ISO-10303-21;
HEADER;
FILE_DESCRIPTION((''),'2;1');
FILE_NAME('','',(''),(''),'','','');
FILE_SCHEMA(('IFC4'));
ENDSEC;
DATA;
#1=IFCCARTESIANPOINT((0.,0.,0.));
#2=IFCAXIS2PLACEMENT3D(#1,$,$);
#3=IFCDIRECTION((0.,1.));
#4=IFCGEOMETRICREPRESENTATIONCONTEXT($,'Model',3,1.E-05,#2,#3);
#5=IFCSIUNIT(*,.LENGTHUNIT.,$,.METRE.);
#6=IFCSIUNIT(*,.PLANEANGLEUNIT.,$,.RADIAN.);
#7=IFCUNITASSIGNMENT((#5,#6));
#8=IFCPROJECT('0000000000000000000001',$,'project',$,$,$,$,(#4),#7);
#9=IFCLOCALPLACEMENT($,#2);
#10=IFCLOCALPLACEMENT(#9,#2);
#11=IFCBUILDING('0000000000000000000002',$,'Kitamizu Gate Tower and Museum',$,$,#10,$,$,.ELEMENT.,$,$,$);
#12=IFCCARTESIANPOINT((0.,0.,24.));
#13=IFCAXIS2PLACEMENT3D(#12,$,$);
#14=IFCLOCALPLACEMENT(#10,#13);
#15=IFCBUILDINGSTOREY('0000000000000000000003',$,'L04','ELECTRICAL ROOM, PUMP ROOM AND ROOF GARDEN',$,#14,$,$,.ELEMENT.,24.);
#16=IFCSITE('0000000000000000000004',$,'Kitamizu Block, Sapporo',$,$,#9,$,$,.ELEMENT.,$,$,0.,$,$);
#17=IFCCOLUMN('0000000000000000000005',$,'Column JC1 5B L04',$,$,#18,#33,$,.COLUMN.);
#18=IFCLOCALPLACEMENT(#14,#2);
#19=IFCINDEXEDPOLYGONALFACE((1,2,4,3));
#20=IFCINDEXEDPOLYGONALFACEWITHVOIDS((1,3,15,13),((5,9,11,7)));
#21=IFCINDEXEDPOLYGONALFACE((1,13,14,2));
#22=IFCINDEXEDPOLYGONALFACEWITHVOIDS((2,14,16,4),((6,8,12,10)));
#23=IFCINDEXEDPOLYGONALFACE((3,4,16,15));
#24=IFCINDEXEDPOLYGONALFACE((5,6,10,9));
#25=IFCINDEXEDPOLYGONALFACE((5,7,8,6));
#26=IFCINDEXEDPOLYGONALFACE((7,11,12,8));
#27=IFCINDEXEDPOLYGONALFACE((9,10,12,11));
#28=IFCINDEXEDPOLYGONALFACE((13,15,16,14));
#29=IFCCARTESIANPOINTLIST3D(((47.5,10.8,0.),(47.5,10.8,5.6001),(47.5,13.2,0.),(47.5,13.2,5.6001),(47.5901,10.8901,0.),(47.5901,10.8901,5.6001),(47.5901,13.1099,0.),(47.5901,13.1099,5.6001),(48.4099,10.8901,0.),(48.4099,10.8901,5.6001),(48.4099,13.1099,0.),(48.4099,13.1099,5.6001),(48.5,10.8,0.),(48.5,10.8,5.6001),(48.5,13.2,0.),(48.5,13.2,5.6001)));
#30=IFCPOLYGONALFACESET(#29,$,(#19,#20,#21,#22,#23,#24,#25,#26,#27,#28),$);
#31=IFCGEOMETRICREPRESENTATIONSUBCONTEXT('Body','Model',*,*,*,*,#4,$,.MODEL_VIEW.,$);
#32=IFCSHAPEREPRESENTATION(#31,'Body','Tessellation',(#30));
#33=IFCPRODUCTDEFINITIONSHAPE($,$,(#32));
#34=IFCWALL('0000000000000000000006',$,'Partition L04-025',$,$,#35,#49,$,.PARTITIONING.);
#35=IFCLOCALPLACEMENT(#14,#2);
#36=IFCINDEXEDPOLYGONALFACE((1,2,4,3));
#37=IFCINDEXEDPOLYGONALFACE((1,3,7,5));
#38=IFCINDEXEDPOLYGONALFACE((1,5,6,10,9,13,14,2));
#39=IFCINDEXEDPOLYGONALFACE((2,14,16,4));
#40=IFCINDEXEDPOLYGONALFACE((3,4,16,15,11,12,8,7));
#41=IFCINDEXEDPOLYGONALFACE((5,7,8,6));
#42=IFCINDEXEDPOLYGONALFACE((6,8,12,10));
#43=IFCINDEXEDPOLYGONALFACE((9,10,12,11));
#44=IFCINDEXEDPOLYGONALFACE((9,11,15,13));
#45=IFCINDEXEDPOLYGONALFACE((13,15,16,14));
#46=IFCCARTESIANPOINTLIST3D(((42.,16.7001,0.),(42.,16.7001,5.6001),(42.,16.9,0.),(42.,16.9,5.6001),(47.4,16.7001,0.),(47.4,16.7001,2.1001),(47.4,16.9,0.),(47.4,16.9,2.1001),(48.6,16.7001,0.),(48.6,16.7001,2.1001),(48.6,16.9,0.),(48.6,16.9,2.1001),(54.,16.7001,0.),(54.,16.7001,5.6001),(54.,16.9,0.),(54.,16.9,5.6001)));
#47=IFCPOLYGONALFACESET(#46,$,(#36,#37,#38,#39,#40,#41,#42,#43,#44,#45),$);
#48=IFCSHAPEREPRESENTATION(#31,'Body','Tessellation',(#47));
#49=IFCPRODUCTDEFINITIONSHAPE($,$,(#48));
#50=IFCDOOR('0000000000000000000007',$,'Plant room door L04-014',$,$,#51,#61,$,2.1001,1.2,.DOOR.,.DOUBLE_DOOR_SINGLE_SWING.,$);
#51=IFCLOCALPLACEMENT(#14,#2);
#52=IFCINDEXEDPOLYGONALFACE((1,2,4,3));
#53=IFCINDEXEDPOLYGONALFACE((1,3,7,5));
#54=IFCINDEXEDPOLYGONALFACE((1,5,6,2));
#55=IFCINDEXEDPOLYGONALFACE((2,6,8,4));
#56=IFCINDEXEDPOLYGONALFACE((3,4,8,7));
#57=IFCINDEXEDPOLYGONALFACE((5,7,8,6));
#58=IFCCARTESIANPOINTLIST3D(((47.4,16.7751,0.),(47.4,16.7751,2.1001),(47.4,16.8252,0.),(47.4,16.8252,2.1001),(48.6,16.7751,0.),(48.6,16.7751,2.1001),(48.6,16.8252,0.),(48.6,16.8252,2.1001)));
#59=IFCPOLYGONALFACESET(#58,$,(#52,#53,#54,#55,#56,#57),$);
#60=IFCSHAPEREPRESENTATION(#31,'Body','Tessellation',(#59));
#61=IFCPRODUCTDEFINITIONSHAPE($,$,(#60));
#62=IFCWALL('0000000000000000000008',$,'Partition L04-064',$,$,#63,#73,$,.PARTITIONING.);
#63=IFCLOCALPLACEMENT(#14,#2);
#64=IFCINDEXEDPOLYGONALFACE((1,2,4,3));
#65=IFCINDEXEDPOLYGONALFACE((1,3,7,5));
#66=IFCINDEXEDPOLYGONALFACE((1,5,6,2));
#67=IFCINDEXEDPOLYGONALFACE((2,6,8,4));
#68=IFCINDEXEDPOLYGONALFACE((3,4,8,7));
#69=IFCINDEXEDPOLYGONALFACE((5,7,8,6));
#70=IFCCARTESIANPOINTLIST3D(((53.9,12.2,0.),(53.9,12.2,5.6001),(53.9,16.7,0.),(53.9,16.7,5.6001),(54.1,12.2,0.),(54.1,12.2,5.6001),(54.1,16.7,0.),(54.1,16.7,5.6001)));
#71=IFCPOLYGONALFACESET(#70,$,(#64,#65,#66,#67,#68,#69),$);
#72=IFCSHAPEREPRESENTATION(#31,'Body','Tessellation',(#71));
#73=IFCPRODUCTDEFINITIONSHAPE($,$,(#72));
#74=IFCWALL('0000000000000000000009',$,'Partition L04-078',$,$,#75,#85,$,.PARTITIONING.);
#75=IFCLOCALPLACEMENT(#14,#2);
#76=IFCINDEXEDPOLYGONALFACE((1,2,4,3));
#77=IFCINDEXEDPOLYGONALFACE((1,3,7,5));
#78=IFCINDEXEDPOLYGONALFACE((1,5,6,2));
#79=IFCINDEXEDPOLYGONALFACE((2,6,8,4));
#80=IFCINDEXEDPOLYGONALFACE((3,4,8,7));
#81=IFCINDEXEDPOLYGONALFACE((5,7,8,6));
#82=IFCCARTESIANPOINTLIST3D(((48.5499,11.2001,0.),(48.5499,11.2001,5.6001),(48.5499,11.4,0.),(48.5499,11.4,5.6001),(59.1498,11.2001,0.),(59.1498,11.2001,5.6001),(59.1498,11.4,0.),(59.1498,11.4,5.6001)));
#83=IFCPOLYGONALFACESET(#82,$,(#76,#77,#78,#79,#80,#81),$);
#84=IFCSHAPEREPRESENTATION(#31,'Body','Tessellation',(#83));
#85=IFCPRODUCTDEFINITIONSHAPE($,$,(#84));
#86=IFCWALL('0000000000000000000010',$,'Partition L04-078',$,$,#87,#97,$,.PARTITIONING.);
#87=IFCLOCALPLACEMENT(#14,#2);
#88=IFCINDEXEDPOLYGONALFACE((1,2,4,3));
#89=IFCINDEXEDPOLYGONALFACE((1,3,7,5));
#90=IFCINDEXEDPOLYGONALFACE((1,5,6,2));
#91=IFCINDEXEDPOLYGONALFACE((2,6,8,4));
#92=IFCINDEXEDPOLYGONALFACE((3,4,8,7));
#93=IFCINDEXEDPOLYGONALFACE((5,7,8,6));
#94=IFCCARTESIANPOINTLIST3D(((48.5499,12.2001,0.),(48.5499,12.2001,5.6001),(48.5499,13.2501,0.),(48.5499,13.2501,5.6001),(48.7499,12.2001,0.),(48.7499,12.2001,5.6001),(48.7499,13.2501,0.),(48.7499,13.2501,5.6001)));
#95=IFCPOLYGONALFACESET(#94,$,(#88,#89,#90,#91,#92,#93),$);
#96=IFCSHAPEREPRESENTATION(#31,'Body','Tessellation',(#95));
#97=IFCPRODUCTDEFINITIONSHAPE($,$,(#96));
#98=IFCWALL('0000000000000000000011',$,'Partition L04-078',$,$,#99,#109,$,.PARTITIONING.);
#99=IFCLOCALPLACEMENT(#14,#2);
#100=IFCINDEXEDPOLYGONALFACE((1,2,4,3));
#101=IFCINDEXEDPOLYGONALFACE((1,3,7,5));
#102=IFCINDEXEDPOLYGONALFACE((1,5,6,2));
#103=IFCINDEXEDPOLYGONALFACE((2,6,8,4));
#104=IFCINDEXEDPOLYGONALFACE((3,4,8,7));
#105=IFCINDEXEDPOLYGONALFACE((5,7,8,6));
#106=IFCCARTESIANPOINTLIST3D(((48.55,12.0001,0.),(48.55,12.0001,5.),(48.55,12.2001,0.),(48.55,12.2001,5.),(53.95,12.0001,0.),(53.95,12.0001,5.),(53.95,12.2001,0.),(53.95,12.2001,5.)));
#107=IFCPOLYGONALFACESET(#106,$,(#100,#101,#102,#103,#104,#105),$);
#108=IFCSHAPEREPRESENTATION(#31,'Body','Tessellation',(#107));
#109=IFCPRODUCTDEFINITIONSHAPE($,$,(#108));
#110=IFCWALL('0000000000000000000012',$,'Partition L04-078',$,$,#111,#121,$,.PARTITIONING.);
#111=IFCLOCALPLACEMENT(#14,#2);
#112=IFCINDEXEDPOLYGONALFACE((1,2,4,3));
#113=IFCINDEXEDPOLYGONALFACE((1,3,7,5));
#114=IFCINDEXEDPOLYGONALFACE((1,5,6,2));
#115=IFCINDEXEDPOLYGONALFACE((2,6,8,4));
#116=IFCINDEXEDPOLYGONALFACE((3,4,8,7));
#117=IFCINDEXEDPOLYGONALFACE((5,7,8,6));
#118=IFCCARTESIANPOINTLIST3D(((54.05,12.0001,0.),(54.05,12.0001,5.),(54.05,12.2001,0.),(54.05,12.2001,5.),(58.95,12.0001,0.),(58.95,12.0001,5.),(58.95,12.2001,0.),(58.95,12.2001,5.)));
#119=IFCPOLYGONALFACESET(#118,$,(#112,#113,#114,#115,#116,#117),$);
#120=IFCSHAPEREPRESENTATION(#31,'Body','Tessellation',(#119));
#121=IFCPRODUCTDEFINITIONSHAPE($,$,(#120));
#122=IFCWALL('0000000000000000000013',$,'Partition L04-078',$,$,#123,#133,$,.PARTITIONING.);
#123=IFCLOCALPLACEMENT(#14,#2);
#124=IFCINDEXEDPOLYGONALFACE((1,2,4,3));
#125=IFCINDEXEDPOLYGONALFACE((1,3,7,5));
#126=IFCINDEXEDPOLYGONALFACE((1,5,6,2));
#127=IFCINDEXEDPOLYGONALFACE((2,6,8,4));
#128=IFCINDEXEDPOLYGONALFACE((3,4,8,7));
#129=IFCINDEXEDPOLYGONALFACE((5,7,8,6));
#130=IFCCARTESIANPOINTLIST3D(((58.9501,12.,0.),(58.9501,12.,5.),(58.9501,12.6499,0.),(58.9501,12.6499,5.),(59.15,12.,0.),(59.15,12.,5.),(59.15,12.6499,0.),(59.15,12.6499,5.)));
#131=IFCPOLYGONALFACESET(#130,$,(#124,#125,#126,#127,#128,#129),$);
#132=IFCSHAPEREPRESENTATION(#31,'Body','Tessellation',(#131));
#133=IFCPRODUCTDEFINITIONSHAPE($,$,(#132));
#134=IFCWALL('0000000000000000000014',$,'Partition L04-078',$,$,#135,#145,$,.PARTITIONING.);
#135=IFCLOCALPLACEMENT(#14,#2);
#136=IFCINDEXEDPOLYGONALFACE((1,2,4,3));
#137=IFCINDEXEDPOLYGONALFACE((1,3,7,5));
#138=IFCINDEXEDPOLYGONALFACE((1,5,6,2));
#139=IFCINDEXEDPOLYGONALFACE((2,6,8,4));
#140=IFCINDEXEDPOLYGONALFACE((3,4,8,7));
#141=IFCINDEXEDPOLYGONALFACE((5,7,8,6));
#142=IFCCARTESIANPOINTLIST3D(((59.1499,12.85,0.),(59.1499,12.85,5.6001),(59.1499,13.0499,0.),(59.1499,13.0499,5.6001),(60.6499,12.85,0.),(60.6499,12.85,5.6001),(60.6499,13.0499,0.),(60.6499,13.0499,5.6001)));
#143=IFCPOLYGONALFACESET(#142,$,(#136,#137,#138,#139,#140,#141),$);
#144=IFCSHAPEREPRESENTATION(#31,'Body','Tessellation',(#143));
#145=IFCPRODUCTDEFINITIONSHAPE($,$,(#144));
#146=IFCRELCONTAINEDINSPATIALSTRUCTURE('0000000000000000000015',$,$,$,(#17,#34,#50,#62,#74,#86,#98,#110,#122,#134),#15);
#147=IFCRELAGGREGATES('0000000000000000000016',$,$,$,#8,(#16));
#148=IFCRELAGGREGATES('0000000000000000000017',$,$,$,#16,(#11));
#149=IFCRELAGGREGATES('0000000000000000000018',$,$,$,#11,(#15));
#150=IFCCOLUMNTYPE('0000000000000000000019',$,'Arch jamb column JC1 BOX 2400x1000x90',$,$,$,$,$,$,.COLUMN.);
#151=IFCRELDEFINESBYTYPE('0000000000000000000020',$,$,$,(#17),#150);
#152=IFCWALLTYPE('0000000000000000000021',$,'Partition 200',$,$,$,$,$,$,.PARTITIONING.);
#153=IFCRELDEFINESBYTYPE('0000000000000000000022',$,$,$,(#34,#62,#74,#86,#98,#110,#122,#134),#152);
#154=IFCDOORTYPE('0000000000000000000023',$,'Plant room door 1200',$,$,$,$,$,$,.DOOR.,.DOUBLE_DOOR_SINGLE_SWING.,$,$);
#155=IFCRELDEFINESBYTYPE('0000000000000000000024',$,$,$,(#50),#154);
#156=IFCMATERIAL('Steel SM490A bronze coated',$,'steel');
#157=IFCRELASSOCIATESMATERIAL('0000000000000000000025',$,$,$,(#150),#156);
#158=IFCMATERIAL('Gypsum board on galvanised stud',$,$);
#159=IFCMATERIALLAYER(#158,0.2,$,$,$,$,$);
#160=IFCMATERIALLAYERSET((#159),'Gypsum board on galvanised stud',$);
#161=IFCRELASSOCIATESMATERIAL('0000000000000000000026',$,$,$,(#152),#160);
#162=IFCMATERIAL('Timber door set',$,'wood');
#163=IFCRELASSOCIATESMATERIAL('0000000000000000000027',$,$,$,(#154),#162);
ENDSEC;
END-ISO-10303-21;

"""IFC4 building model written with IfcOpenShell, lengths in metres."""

from ifc_helpers import new_model, si_unit, direction, frame, frame_2d, origin, origin_2d, place, context, subcontext, project, spatial, rectangle, hollow_rectangle, extrude, material, layer, layer_set, material_profile, profile_set, type_object, element, fill, save


model = new_model("IFC4")

# Units and contexts
model_context = context("Model", 3, precision=1e-05, world=origin(), true_north=direction((0.0, 1.0)))
body_context = subcontext(model_context, "Body", "Model", "MODEL_VIEW")
ifc_project = project(units=[si_unit("LENGTHUNIT", "METRE"), si_unit("PLANEANGLEUNIT", "RADIAN")], contexts=[model_context])

# Site, building, storey
site_placement = place(None, origin())
site = spatial("IfcSite", under=ifc_project, at=site_placement, Name="Kitamizu Block, Sapporo", CompositionType="ELEMENT", RefElevation=0.0)
building_placement = place(site_placement, origin())
building = spatial("IfcBuilding", under=site, at=building_placement, Name="Kitamizu Gate Tower and Museum", CompositionType="ELEMENT")
storey_placement = place(building_placement, frame((0.0, 0.0, 24.0)))
storey = spatial("IfcBuildingStorey", under=building, at=storey_placement, Name="L04", Description="ELECTRICAL ROOM, PUMP ROOM AND ROOF GARDEN", CompositionType="ELEMENT", Elevation=24.0)

# Column
ifc_material_1 = material(Name="Steel SM490A bronze coated", Category="steel")
ifc_material_profile = material_profile(ifc_material_1, hollow_rectangle(XDim=2.3999, YDim=1.0, WallThickness=0.0901, at=origin_2d()), Name="BOX 2400x1000x90")
ifc_profile_set = profile_set([ifc_material_profile], Name="Steel SM490A bronze coated")
column_type = type_object("IfcColumnType", Name="Arch jamb column JC1 BOX 2400x1000x90", PredefinedType="COLUMN", material=ifc_profile_set)
column_placement = place(storey_placement, frame((48.0, 12.0, 0.0), z_axis=(0.0, 0.0, 1.0), x_axis=(0.0, 1.0, 0.0)))
element("IfcColumn", 1, at=column_placement, inside=storey, type_object=column_type, Name="Column JC1 5B L04", PredefinedType="COLUMN", context=body_context, shape_type="SweptSolid", body=[
    extrude(hollow_rectangle(XDim=2.3999, YDim=1.0, WallThickness=0.0901, at=origin_2d()), origin(), (0.0, 0.0, 1.0), 5.6001),
])

# Wall, opening, door
ifc_material_2 = material(Name="Gypsum board on galvanised stud")
ifc_layer = layer(ifc_material_2, 0.2)
ifc_layer_set = layer_set([ifc_layer], Name="Gypsum board on galvanised stud")
wall_type = type_object("IfcWallType", Name="Partition 200", PredefinedType="PARTITIONING", material=ifc_layer_set)
wall_1_placement = place(storey_placement, frame((54.0, 16.8, 0.0), z_axis=(0.0, 0.0, 1.0), x_axis=(-1.0, 0.0, 0.0)))
wall_1 = element("IfcWall", 2, at=wall_1_placement, inside=storey, type_object=wall_type, Name="Partition L04-025", PredefinedType="PARTITIONING", context=body_context, shape_type="SweptSolid", body=[
    extrude(rectangle(XDim=12.0, YDim=0.2, at=frame_2d((6.0, 0.0))), origin(), (0.0, 0.0, 1.0), 5.6001),
])
opening_placement = place(wall_1_placement, frame((5.3999, 0.0, 0.0)))
opening = element("IfcOpeningElement", 3, at=opening_placement, cuts=wall_1, PredefinedType="OPENING", context=body_context, shape_type="SweptSolid", body=[
    extrude(rectangle(XDim=1.2, YDim=2.1001, at=frame_2d((0.6001, 1.05))), frame((0.0, 0.1099, 0.0), z_axis=(0.0, -1.0, 0.0), x_axis=(1.0, 0.0, 0.0)), (0.0, 0.0, 1.0), 0.22),
])
ifc_material_3 = material(Name="Timber door set", Category="wood")
door_type = type_object("IfcDoorType", Name="Plant room door 1200", OperationType="DOUBLE_DOOR_SINGLE_SWING", PredefinedType="DOOR", material=ifc_material_3)
door_placement = place(opening_placement, origin())
door = element("IfcDoor", 4, at=door_placement, inside=storey, type_object=door_type, Name="Plant room door L04-014", OperationType="DOUBLE_DOOR_SINGLE_SWING", OverallHeight=2.1001, OverallWidth=1.2, PredefinedType="DOOR", context=body_context, shape_type="SweptSolid", body=[
    extrude(rectangle(XDim=1.2, YDim=2.1001, at=frame_2d((0.6001, 1.05))), frame((0.0, 0.0249, 0.0), z_axis=(0.0, -1.0, 0.0), x_axis=(1.0, 0.0, 0.0)), (0.0, 0.0, 1.0), 0.05),
])
fill(opening, door)

# Walls
wall_2_placement = place(storey_placement, frame((54.0, 12.2, 0.0), z_axis=(0.0, 0.0, 1.0), x_axis=(0.0, 1.0, 0.0)))
element("IfcWall", 5, at=wall_2_placement, inside=storey, type_object=wall_type, Name="Partition L04-064", PredefinedType="PARTITIONING", context=body_context, shape_type="SweptSolid", body=[
    extrude(rectangle(XDim=4.5, YDim=0.2, at=frame_2d((2.25, 0.0))), origin(), (0.0, 0.0, 1.0), 5.6001),
])
wall_3_placement = place(storey_placement, frame((48.55, 11.3, 0.0), z_axis=(0.0, 0.0, 1.0), x_axis=(1.0, 0.0, 0.0)))
element("IfcWall", 6, at=wall_3_placement, inside=storey, type_object=wall_type, Name="Partition L04-078", PredefinedType="PARTITIONING", context=body_context, shape_type="SweptSolid", body=[
    extrude(rectangle(XDim=10.5999, YDim=0.2, at=frame_2d((5.2998, 0.0))), origin(), (0.0, 0.0, 1.0), 5.6001),
])
wall_4_placement = place(storey_placement, frame((48.6499, 13.25, 0.0), z_axis=(0.0, 0.0, 1.0), x_axis=(0.0, -1.0, 0.0)))
element("IfcWall", 7, at=wall_4_placement, inside=storey, type_object=wall_type, Name="Partition L04-078", PredefinedType="PARTITIONING", context=body_context, shape_type="SweptSolid", body=[
    extrude(rectangle(XDim=1.05, YDim=0.2, at=frame_2d((0.5249, 0.0))), origin(), (0.0, 0.0, 1.0), 5.6001),
])
wall_5_placement = place(storey_placement, frame((48.55, 12.1001, 0.0), z_axis=(0.0, 0.0, 1.0), x_axis=(1.0, 0.0, 0.0)))
element("IfcWall", 8, at=wall_5_placement, inside=storey, type_object=wall_type, Name="Partition L04-078", PredefinedType="PARTITIONING", context=body_context, shape_type="SweptSolid", body=[
    extrude(rectangle(XDim=5.3999, YDim=0.2, at=frame_2d((2.7, 0.0))), origin(), (0.0, 0.0, 1.0), 5.0),
])
wall_6_placement = place(storey_placement, frame((54.05, 12.1001, 0.0), z_axis=(0.0, 0.0, 1.0), x_axis=(1.0, 0.0, 0.0)))
element("IfcWall", 9, at=wall_6_placement, inside=storey, type_object=wall_type, Name="Partition L04-078", PredefinedType="PARTITIONING", context=body_context, shape_type="SweptSolid", body=[
    extrude(rectangle(XDim=4.8999, YDim=0.2, at=frame_2d((2.45, 0.0))), origin(), (0.0, 0.0, 1.0), 5.0),
])
wall_7_placement = place(storey_placement, frame((59.05, 12.0, 0.0), z_axis=(0.0, 0.0, 1.0), x_axis=(0.0, 1.0, 0.0)))
element("IfcWall", 10, at=wall_7_placement, inside=storey, type_object=wall_type, Name="Partition L04-078", PredefinedType="PARTITIONING", context=body_context, shape_type="SweptSolid", body=[
    extrude(rectangle(XDim=0.6499, YDim=0.2, at=frame_2d((0.325, 0.0))), origin(), (0.0, 0.0, 1.0), 5.0),
])
wall_8_placement = place(storey_placement, frame((59.1499, 12.95, 0.0), z_axis=(0.0, 0.0, 1.0), x_axis=(1.0, 0.0, 0.0)))
element("IfcWall", 11, at=wall_8_placement, inside=storey, type_object=wall_type, Name="Partition L04-078", PredefinedType="PARTITIONING", context=body_context, shape_type="SweptSolid", body=[
    extrude(rectangle(XDim=1.5, YDim=0.2, at=frame_2d((0.75, 0.0))), origin(), (0.0, 0.0, 1.0), 5.6001),
])

save(model, "model.ifc")
